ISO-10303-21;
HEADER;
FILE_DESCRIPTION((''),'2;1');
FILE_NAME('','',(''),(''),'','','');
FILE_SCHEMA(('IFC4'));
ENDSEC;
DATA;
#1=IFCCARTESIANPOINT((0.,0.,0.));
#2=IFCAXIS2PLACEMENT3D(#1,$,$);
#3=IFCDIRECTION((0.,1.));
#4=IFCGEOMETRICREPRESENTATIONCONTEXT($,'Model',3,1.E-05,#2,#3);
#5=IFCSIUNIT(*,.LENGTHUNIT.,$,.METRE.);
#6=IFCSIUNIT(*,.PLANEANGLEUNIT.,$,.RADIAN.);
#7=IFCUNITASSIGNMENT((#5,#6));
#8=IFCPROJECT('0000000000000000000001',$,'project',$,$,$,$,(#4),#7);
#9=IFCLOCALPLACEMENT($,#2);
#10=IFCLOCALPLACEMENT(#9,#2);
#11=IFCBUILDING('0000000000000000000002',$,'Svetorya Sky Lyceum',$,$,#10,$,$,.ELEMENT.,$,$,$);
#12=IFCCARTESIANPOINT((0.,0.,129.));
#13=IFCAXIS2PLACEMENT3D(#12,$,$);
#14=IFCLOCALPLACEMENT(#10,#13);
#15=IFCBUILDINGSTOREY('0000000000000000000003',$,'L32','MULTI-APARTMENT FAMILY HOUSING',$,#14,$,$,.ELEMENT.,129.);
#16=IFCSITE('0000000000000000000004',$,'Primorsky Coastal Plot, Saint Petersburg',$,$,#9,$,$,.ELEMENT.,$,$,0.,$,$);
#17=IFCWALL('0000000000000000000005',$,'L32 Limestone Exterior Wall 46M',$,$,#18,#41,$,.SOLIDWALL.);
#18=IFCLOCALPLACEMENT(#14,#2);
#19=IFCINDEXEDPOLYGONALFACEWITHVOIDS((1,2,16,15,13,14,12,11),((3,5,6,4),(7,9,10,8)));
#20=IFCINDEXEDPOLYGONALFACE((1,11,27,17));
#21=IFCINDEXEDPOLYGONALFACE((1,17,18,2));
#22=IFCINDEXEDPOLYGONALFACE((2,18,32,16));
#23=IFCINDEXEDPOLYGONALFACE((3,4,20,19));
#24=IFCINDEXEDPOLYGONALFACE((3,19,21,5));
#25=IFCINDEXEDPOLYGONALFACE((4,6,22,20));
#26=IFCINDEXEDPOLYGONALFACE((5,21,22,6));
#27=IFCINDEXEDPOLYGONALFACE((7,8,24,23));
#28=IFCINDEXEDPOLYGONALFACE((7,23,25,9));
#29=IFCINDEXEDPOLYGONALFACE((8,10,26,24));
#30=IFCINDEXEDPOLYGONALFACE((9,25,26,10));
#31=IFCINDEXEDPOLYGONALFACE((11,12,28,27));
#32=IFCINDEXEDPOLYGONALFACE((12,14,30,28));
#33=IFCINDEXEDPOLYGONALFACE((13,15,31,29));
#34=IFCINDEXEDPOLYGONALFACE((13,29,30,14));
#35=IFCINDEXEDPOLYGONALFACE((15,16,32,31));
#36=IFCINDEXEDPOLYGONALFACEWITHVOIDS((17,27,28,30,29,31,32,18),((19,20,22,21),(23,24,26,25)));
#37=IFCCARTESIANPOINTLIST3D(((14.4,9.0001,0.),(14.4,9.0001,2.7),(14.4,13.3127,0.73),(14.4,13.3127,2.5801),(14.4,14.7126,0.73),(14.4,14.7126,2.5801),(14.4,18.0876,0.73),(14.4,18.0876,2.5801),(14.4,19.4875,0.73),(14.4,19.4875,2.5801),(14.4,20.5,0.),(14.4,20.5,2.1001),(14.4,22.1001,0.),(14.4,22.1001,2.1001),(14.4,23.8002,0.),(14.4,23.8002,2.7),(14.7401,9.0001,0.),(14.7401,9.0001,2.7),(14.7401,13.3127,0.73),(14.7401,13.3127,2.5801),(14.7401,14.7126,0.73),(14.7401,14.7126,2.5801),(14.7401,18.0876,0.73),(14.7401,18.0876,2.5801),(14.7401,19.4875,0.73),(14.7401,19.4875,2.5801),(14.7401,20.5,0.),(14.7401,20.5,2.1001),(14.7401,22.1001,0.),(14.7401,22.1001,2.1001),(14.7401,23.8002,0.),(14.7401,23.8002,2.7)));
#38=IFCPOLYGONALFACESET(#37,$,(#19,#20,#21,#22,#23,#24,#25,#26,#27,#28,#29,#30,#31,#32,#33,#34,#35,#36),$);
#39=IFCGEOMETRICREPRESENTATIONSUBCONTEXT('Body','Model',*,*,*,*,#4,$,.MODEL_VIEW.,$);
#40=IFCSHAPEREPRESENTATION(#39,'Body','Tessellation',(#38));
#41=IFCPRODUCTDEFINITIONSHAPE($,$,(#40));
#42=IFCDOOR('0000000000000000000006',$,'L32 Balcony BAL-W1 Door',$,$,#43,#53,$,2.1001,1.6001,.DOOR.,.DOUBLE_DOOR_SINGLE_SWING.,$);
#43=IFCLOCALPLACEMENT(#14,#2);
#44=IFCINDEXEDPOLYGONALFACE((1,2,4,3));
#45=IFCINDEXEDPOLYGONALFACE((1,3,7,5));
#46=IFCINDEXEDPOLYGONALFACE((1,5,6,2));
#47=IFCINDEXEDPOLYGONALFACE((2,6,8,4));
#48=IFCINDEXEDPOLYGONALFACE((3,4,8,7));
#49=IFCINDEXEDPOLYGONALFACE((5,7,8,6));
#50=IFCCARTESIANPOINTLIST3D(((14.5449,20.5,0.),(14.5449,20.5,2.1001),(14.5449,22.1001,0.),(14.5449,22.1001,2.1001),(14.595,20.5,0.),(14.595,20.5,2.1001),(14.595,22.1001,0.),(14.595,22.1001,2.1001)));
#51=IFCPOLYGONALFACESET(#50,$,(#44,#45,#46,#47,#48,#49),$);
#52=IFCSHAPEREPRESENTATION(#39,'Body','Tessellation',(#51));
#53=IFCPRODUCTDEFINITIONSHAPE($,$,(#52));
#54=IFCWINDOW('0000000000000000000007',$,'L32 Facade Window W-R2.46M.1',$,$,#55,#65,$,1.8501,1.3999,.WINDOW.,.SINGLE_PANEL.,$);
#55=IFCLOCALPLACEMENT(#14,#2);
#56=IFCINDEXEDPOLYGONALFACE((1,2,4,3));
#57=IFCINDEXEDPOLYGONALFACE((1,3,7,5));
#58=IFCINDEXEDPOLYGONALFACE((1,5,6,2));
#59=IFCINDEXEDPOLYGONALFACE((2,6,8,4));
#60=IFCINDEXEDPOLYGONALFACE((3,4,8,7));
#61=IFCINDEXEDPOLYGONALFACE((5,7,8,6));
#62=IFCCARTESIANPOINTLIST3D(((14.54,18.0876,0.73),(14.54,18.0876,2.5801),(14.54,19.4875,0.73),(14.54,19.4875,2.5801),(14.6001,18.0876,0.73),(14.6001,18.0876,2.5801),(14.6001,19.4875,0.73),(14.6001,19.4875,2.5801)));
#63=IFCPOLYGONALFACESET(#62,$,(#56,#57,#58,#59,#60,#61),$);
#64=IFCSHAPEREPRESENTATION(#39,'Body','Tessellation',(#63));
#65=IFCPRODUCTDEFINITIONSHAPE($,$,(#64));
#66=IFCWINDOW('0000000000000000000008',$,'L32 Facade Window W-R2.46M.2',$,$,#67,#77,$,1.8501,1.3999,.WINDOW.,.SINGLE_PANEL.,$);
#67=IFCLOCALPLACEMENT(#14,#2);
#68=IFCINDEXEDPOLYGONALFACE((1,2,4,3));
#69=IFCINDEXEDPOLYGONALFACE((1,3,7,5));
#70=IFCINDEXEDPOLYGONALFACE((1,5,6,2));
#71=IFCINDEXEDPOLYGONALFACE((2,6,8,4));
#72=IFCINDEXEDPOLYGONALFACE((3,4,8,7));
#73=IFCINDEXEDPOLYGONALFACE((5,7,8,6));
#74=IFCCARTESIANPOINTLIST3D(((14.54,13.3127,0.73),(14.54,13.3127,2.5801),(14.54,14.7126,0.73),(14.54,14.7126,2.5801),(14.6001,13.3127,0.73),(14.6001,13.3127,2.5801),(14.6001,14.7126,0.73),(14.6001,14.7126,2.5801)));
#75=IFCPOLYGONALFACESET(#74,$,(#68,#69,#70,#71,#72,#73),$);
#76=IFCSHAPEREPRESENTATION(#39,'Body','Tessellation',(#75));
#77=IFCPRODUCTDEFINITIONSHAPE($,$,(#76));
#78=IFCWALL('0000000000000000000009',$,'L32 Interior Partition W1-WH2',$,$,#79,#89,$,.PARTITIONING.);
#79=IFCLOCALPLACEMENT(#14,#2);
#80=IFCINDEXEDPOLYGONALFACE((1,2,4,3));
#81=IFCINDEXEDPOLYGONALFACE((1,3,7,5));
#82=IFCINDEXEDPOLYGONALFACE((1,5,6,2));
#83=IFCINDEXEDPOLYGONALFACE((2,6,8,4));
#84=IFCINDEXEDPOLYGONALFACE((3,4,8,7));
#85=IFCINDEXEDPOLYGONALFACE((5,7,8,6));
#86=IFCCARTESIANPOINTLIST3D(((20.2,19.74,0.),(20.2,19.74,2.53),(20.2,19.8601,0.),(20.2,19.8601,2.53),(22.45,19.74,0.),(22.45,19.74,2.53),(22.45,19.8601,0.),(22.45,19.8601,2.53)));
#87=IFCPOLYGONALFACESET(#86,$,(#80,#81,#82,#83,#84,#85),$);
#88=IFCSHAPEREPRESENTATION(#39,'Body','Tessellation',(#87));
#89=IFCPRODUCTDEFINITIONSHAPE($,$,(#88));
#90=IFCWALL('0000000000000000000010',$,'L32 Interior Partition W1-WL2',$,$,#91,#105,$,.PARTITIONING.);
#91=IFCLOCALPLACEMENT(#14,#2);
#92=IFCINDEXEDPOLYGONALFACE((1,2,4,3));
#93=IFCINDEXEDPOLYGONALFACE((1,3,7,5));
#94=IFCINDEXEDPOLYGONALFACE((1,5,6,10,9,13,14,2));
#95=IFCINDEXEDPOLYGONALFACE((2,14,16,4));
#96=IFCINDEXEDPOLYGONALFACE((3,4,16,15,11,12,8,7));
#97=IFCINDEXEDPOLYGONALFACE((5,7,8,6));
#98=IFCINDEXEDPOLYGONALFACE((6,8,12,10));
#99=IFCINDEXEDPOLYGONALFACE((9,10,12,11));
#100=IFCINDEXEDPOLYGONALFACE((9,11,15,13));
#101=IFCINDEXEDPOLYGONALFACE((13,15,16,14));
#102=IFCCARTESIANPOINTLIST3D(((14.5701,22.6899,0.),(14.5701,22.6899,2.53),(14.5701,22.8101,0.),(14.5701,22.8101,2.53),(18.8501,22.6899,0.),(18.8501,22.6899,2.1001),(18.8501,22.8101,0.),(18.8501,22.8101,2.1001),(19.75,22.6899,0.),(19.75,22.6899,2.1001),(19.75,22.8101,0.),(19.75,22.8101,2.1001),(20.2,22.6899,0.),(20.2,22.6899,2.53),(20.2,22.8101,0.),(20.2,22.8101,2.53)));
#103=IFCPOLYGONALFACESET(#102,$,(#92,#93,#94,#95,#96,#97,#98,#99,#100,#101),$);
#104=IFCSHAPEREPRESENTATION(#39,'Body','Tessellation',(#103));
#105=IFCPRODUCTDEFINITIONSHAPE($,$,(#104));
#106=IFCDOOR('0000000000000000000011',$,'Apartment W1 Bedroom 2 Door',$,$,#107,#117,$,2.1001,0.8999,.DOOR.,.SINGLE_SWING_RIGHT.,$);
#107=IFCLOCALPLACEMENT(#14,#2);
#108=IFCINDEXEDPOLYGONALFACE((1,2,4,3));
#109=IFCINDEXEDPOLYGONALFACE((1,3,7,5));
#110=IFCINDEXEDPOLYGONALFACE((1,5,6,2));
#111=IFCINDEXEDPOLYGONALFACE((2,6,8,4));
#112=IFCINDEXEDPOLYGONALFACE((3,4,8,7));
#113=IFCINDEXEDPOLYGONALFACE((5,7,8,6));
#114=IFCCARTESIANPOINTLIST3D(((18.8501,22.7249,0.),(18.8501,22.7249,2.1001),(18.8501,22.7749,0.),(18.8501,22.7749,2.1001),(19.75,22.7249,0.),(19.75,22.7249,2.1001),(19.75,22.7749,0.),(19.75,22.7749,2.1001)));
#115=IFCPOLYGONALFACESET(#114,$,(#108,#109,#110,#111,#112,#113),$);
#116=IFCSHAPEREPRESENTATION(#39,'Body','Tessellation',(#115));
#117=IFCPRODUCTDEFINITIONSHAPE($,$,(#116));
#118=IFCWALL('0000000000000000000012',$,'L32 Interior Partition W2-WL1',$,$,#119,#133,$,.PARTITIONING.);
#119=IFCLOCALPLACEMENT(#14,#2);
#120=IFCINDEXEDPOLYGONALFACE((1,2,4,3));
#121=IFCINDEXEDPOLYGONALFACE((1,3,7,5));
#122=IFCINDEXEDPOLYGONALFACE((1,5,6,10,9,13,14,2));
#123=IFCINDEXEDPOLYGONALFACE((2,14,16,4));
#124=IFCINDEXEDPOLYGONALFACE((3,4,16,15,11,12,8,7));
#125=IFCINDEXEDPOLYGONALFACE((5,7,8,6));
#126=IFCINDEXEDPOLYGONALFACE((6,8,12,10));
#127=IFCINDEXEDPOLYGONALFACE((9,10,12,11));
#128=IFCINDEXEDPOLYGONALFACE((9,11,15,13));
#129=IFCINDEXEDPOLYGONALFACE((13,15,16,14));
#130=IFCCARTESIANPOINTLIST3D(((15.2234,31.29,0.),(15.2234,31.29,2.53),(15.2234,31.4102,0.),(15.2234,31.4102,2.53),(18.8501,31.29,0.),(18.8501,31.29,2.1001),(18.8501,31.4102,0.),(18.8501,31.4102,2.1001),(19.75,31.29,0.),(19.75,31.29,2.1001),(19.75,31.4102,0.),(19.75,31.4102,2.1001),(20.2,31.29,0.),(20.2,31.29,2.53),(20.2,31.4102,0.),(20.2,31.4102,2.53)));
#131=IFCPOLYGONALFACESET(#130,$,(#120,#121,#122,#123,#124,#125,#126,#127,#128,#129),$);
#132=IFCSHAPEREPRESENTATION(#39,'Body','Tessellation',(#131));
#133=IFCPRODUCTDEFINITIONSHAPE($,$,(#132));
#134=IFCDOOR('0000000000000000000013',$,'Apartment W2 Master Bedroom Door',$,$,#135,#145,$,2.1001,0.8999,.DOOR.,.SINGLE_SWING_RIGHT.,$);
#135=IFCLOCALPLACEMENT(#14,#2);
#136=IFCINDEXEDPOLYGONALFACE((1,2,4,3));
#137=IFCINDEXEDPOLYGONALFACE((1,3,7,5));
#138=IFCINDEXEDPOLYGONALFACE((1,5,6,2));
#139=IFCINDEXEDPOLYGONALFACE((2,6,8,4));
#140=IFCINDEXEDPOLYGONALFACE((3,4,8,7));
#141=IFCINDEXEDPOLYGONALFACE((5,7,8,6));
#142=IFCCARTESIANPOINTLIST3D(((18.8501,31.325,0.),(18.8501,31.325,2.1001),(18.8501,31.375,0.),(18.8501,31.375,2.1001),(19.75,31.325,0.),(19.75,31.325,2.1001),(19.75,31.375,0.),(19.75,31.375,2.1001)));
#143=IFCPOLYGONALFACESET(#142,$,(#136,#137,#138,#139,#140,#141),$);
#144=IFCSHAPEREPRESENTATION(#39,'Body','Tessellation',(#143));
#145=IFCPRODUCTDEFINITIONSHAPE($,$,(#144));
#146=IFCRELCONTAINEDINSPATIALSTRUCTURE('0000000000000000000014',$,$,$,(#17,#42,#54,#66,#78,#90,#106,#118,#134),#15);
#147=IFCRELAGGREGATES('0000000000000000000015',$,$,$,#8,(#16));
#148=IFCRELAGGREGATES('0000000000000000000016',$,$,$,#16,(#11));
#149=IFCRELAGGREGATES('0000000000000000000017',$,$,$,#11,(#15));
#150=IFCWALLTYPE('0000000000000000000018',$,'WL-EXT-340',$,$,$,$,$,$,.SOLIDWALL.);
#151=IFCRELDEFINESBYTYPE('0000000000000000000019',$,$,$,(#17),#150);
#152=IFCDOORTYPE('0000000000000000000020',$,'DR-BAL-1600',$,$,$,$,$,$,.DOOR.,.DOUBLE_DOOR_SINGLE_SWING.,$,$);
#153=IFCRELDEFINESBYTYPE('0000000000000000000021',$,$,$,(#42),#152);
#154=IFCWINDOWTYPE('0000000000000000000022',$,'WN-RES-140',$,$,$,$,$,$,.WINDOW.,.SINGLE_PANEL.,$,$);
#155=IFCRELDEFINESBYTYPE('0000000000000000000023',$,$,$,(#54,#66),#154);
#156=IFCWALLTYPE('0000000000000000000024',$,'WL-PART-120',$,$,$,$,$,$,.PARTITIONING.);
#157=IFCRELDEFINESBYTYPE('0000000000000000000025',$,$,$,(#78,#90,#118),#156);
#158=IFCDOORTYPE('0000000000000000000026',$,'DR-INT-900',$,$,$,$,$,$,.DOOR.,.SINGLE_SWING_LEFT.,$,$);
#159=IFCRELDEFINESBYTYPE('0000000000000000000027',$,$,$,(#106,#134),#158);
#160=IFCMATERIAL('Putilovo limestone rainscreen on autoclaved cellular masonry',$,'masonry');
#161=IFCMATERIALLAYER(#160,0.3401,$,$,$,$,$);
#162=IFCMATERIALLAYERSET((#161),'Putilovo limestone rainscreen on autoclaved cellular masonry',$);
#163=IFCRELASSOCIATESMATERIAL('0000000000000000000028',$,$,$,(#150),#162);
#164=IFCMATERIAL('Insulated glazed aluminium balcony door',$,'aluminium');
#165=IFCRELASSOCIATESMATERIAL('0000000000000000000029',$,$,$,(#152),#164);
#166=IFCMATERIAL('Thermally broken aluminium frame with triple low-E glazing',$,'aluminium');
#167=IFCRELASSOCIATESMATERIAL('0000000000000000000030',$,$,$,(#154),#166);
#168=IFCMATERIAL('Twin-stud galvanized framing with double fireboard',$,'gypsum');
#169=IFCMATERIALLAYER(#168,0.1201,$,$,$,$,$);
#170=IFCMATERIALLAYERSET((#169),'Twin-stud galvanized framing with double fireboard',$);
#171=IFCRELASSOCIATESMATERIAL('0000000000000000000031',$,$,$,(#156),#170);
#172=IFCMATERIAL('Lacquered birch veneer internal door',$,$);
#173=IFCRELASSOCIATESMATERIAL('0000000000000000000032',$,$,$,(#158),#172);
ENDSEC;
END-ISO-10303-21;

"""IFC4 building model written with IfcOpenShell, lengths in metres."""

from ifc_helpers import new_model, si_unit, direction, frame, frame_2d, origin, place, context, subcontext, project, spatial, rectangle, extrude, material, layer, layer_set, type_object, element, fill, save


model = new_model("IFC4")

# Units and contexts
model_context = context("Model", 3, precision=1e-05, world=origin(), true_north=direction((0.0, 1.0)))
body_context = subcontext(model_context, "Body", "Model", "MODEL_VIEW")
ifc_project = project(units=[si_unit("LENGTHUNIT", "METRE"), si_unit("PLANEANGLEUNIT", "RADIAN")], contexts=[model_context])

# Site, building, storey
site_placement = place(None, origin())
site = spatial("IfcSite", under=ifc_project, at=site_placement, Name="Primorsky Coastal Plot, Saint Petersburg", CompositionType="ELEMENT", RefElevation=0.0)
building_placement = place(site_placement, origin())
building = spatial("IfcBuilding", under=site, at=building_placement, Name="Svetorya Sky Lyceum", CompositionType="ELEMENT")
storey_placement = place(building_placement, frame((0.0, 0.0, 129.0)))
storey = spatial("IfcBuildingStorey", under=building, at=storey_placement, Name="L32", Description="MULTI-APARTMENT FAMILY HOUSING", CompositionType="ELEMENT", Elevation=129.0)

# Shared definitions
ifc_material_1 = material(Name="Putilovo limestone rainscreen on autoclaved cellular masonry", Category="masonry")
ifc_layer_1 = layer(ifc_material_1, 0.3401)
ifc_layer_set_1 = layer_set([ifc_layer_1], Name="Putilovo limestone rainscreen on autoclaved cellular masonry")
wall_type_1 = type_object("IfcWallType", Name="WL-EXT-340", PredefinedType="SOLIDWALL", material=ifc_layer_set_1)

# Shared definitions
ifc_material_2 = material(Name="Thermally broken aluminium frame with triple low-E glazing", Category="aluminium")

# Wall, openings, door, windows
wall_1_placement = place(storey_placement, frame((14.5701, 23.8, 0.0), z_axis=(0.0, 0.0, 1.0), x_axis=(0.0, -1.0, 0.0)))
wall_1 = element("IfcWall", 1, at=wall_1_placement, inside=storey, type_object=wall_type_1, Name="L32 Limestone Exterior Wall 46M", PredefinedType="SOLIDWALL", context=body_context, shape_type="SweptSolid", body=[
    extrude(rectangle(XDim=14.8, YDim=0.3401, at=frame_2d((7.3999, 0.0))), origin(), (0.0, 0.0, 1.0), 2.7),
])
opening_1_placement = place(wall_1_placement, frame((1.7, 0.0, 0.0)))
opening_1 = element("IfcOpeningElement", 2, at=opening_1_placement, cuts=wall_1, PredefinedType="OPENING", context=body_context, shape_type="SweptSolid", body=[
    extrude(rectangle(XDim=1.6001, YDim=2.1001, at=frame_2d((0.8, 1.05))), frame((0.0, 0.1799, 0.0), z_axis=(0.0, -1.0, 0.0), x_axis=(1.0, 0.0, 0.0)), (0.0, 0.0, 1.0), 0.3601),
])
opening_2_placement = place(wall_1_placement, frame((4.3125, 0.0, 0.73)))
opening_2 = element("IfcOpeningElement", 3, at=opening_2_placement, cuts=wall_1, PredefinedType="OPENING", context=body_context, shape_type="SweptSolid", body=[
    extrude(rectangle(XDim=1.3999, YDim=1.8501, at=frame_2d((0.7, 0.925))), frame((0.0, 0.1799, 0.0), z_axis=(0.0, -1.0, 0.0), x_axis=(1.0, 0.0, 0.0)), (0.0, 0.0, 1.0), 0.3601),
])
opening_3_placement = place(wall_1_placement, frame((9.0874, 0.0, 0.73)))
opening_3 = element("IfcOpeningElement", 4, at=opening_3_placement, cuts=wall_1, PredefinedType="OPENING", context=body_context, shape_type="SweptSolid", body=[
    extrude(rectangle(XDim=1.3999, YDim=1.8501, at=frame_2d((0.7, 0.925))), frame((0.0, 0.1799, 0.0), z_axis=(0.0, -1.0, 0.0), x_axis=(1.0, 0.0, 0.0)), (0.0, 0.0, 1.0), 0.3601),
])
ifc_material_3 = material(Name="Insulated glazed aluminium balcony door", Category="aluminium")
door_type_1 = type_object("IfcDoorType", Name="DR-BAL-1600", OperationType="DOUBLE_DOOR_SINGLE_SWING", PredefinedType="DOOR", material=ifc_material_3)
door_1_placement = place(opening_1_placement, origin())
door_1 = element("IfcDoor", 5, at=door_1_placement, inside=storey, type_object=door_type_1, Name="L32 Balcony BAL-W1 Door", OperationType="DOUBLE_DOOR_SINGLE_SWING", OverallHeight=2.1001, OverallWidth=1.6001, PredefinedType="DOOR", context=body_context, shape_type="SweptSolid", body=[
    extrude(rectangle(XDim=1.6001, YDim=2.1001, at=frame_2d((0.8, 1.05))), frame((0.0, 0.0249, 0.0), z_axis=(0.0, -1.0, 0.0), x_axis=(1.0, 0.0, 0.0)), (0.0, 0.0, 1.0), 0.05),
])
fill(opening_1, door_1)
window_type_1 = type_object("IfcWindowType", Name="WN-RES-140", PartitioningType="SINGLE_PANEL", PredefinedType="WINDOW", material=ifc_material_2)
window_1_placement = place(opening_2_placement, origin())
window_1 = element("IfcWindow", 6, at=window_1_placement, inside=storey, type_object=window_type_1, Name="L32 Facade Window W-R2.46M.1", OverallHeight=1.8501, OverallWidth=1.3999, PartitioningType="SINGLE_PANEL", PredefinedType="WINDOW", context=body_context, shape_type="SweptSolid", body=[
    extrude(rectangle(XDim=1.3999, YDim=1.8501, at=frame_2d((0.7, 0.925))), frame((0.0, 0.03, 0.0), z_axis=(0.0, -1.0, 0.0), x_axis=(1.0, 0.0, 0.0)), (0.0, 0.0, 1.0), 0.0601),
])
fill(opening_2, window_1)
window_2_placement = place(opening_3_placement, origin())
window_2 = element("IfcWindow", 7, at=window_2_placement, inside=storey, type_object=window_type_1, Name="L32 Facade Window W-R2.46M.2", OverallHeight=1.8501, OverallWidth=1.3999, PartitioningType="SINGLE_PANEL", PredefinedType="WINDOW", context=body_context, shape_type="SweptSolid", body=[
    extrude(rectangle(XDim=1.3999, YDim=1.8501, at=frame_2d((0.7, 0.925))), frame((0.0, 0.03, 0.0), z_axis=(0.0, -1.0, 0.0), x_axis=(1.0, 0.0, 0.0)), (0.0, 0.0, 1.0), 0.0601),
])
fill(opening_3, window_2)

# Wall
ifc_material_4 = material(Name="Twin-stud galvanized framing with double fireboard", Category="gypsum")
ifc_layer_2 = layer(ifc_material_4, 0.1201)
ifc_layer_set_2 = layer_set([ifc_layer_2], Name="Twin-stud galvanized framing with double fireboard")
wall_type_2 = type_object("IfcWallType", Name="WL-PART-120", PredefinedType="PARTITIONING", material=ifc_layer_set_2)
wall_2_placement = place(storey_placement, frame((20.2, 19.8, 0.0), z_axis=(0.0, 0.0, 1.0), x_axis=(1.0, 0.0, 0.0)))
element("IfcWall", 8, at=wall_2_placement, inside=storey, type_object=wall_type_2, Name="L32 Interior Partition W1-WH2", PredefinedType="PARTITIONING", context=body_context, shape_type="SweptSolid", body=[
    extrude(rectangle(XDim=2.25, YDim=0.1201, at=frame_2d((1.125, 0.0))), origin(), (0.0, 0.0, 1.0), 2.53),
])

# Walls, openings, doors
wall_3_placement = place(storey_placement, frame((14.5701, 22.75, 0.0), z_axis=(0.0, 0.0, 1.0), x_axis=(1.0, 0.0, 0.0)))
wall_3 = element("IfcWall", 9, at=wall_3_placement, inside=storey, type_object=wall_type_2, Name="L32 Interior Partition W1-WL2", PredefinedType="PARTITIONING", context=body_context, shape_type="SweptSolid", body=[
    extrude(rectangle(XDim=5.6299, YDim=0.1201, at=frame_2d((2.8149, 0.0))), origin(), (0.0, 0.0, 1.0), 2.53),
])
opening_4_placement = place(wall_3_placement, frame((4.28, 0.0, 0.0)))
opening_4 = element("IfcOpeningElement", 10, at=opening_4_placement, cuts=wall_3, PredefinedType="OPENING", context=body_context, shape_type="SweptSolid", body=[
    extrude(rectangle(XDim=0.8999, YDim=2.1001, at=frame_2d((0.45, 1.05))), frame((0.0, 0.0701, 0.0), z_axis=(0.0, -1.0, 0.0), x_axis=(1.0, 0.0, 0.0)), (0.0, 0.0, 1.0), 0.1401),
])
ifc_material_5 = material(Name="Lacquered birch veneer internal door")
door_type_2 = type_object("IfcDoorType", Name="DR-INT-900", OperationType="SINGLE_SWING_LEFT", PredefinedType="DOOR", material=ifc_material_5)
door_2_placement = place(opening_4_placement, origin())
door_2 = element("IfcDoor", 11, at=door_2_placement, inside=storey, type_object=door_type_2, Name="Apartment W1 Bedroom 2 Door", OperationType="SINGLE_SWING_RIGHT", OverallHeight=2.1001, OverallWidth=0.8999, PredefinedType="DOOR", context=body_context, shape_type="SweptSolid", body=[
    extrude(rectangle(XDim=0.8999, YDim=2.1001, at=frame_2d((0.45, 1.05))), frame((0.0, 0.0249, 0.0), z_axis=(0.0, -1.0, 0.0), x_axis=(1.0, 0.0, 0.0)), (0.0, 0.0, 1.0), 0.05),
])
fill(opening_4, door_2)
wall_4_placement = place(storey_placement, frame((15.2234, 31.3501, 0.0), z_axis=(0.0, 0.0, 1.0), x_axis=(1.0, 0.0, 0.0)))
wall_4 = element("IfcWall", 12, at=wall_4_placement, inside=storey, type_object=wall_type_2, Name="L32 Interior Partition W2-WL1", PredefinedType="PARTITIONING", context=body_context, shape_type="SweptSolid", body=[
    extrude(rectangle(XDim=4.9766, YDim=0.1201, at=frame_2d((2.4883, 0.0))), origin(), (0.0, 0.0, 1.0), 2.53),
])
opening_5_placement = place(wall_4_placement, frame((3.6267, 0.0, 0.0)))
opening_5 = element("IfcOpeningElement", 13, at=opening_5_placement, cuts=wall_4, PredefinedType="OPENING", context=body_context, shape_type="SweptSolid", body=[
    extrude(rectangle(XDim=0.8999, YDim=2.1001, at=frame_2d((0.45, 1.05))), frame((0.0, 0.0701, 0.0), z_axis=(0.0, -1.0, 0.0), x_axis=(1.0, 0.0, 0.0)), (0.0, 0.0, 1.0), 0.1401),
])
door_3_placement = place(opening_5_placement, origin())
door_3 = element("IfcDoor", 14, at=door_3_placement, inside=storey, type_object=door_type_2, Name="Apartment W2 Master Bedroom Door", OperationType="SINGLE_SWING_RIGHT", OverallHeight=2.1001, OverallWidth=0.8999, PredefinedType="DOOR", context=body_context, shape_type="SweptSolid", body=[
    extrude(rectangle(XDim=0.8999, YDim=2.1001, at=frame_2d((0.45, 1.05))), frame((0.0, 0.0249, 0.0), z_axis=(0.0, -1.0, 0.0), x_axis=(1.0, 0.0, 0.0)), (0.0, 0.0, 1.0), 0.05),
])
fill(opening_5, door_3)

save(model, "model.ifc")
